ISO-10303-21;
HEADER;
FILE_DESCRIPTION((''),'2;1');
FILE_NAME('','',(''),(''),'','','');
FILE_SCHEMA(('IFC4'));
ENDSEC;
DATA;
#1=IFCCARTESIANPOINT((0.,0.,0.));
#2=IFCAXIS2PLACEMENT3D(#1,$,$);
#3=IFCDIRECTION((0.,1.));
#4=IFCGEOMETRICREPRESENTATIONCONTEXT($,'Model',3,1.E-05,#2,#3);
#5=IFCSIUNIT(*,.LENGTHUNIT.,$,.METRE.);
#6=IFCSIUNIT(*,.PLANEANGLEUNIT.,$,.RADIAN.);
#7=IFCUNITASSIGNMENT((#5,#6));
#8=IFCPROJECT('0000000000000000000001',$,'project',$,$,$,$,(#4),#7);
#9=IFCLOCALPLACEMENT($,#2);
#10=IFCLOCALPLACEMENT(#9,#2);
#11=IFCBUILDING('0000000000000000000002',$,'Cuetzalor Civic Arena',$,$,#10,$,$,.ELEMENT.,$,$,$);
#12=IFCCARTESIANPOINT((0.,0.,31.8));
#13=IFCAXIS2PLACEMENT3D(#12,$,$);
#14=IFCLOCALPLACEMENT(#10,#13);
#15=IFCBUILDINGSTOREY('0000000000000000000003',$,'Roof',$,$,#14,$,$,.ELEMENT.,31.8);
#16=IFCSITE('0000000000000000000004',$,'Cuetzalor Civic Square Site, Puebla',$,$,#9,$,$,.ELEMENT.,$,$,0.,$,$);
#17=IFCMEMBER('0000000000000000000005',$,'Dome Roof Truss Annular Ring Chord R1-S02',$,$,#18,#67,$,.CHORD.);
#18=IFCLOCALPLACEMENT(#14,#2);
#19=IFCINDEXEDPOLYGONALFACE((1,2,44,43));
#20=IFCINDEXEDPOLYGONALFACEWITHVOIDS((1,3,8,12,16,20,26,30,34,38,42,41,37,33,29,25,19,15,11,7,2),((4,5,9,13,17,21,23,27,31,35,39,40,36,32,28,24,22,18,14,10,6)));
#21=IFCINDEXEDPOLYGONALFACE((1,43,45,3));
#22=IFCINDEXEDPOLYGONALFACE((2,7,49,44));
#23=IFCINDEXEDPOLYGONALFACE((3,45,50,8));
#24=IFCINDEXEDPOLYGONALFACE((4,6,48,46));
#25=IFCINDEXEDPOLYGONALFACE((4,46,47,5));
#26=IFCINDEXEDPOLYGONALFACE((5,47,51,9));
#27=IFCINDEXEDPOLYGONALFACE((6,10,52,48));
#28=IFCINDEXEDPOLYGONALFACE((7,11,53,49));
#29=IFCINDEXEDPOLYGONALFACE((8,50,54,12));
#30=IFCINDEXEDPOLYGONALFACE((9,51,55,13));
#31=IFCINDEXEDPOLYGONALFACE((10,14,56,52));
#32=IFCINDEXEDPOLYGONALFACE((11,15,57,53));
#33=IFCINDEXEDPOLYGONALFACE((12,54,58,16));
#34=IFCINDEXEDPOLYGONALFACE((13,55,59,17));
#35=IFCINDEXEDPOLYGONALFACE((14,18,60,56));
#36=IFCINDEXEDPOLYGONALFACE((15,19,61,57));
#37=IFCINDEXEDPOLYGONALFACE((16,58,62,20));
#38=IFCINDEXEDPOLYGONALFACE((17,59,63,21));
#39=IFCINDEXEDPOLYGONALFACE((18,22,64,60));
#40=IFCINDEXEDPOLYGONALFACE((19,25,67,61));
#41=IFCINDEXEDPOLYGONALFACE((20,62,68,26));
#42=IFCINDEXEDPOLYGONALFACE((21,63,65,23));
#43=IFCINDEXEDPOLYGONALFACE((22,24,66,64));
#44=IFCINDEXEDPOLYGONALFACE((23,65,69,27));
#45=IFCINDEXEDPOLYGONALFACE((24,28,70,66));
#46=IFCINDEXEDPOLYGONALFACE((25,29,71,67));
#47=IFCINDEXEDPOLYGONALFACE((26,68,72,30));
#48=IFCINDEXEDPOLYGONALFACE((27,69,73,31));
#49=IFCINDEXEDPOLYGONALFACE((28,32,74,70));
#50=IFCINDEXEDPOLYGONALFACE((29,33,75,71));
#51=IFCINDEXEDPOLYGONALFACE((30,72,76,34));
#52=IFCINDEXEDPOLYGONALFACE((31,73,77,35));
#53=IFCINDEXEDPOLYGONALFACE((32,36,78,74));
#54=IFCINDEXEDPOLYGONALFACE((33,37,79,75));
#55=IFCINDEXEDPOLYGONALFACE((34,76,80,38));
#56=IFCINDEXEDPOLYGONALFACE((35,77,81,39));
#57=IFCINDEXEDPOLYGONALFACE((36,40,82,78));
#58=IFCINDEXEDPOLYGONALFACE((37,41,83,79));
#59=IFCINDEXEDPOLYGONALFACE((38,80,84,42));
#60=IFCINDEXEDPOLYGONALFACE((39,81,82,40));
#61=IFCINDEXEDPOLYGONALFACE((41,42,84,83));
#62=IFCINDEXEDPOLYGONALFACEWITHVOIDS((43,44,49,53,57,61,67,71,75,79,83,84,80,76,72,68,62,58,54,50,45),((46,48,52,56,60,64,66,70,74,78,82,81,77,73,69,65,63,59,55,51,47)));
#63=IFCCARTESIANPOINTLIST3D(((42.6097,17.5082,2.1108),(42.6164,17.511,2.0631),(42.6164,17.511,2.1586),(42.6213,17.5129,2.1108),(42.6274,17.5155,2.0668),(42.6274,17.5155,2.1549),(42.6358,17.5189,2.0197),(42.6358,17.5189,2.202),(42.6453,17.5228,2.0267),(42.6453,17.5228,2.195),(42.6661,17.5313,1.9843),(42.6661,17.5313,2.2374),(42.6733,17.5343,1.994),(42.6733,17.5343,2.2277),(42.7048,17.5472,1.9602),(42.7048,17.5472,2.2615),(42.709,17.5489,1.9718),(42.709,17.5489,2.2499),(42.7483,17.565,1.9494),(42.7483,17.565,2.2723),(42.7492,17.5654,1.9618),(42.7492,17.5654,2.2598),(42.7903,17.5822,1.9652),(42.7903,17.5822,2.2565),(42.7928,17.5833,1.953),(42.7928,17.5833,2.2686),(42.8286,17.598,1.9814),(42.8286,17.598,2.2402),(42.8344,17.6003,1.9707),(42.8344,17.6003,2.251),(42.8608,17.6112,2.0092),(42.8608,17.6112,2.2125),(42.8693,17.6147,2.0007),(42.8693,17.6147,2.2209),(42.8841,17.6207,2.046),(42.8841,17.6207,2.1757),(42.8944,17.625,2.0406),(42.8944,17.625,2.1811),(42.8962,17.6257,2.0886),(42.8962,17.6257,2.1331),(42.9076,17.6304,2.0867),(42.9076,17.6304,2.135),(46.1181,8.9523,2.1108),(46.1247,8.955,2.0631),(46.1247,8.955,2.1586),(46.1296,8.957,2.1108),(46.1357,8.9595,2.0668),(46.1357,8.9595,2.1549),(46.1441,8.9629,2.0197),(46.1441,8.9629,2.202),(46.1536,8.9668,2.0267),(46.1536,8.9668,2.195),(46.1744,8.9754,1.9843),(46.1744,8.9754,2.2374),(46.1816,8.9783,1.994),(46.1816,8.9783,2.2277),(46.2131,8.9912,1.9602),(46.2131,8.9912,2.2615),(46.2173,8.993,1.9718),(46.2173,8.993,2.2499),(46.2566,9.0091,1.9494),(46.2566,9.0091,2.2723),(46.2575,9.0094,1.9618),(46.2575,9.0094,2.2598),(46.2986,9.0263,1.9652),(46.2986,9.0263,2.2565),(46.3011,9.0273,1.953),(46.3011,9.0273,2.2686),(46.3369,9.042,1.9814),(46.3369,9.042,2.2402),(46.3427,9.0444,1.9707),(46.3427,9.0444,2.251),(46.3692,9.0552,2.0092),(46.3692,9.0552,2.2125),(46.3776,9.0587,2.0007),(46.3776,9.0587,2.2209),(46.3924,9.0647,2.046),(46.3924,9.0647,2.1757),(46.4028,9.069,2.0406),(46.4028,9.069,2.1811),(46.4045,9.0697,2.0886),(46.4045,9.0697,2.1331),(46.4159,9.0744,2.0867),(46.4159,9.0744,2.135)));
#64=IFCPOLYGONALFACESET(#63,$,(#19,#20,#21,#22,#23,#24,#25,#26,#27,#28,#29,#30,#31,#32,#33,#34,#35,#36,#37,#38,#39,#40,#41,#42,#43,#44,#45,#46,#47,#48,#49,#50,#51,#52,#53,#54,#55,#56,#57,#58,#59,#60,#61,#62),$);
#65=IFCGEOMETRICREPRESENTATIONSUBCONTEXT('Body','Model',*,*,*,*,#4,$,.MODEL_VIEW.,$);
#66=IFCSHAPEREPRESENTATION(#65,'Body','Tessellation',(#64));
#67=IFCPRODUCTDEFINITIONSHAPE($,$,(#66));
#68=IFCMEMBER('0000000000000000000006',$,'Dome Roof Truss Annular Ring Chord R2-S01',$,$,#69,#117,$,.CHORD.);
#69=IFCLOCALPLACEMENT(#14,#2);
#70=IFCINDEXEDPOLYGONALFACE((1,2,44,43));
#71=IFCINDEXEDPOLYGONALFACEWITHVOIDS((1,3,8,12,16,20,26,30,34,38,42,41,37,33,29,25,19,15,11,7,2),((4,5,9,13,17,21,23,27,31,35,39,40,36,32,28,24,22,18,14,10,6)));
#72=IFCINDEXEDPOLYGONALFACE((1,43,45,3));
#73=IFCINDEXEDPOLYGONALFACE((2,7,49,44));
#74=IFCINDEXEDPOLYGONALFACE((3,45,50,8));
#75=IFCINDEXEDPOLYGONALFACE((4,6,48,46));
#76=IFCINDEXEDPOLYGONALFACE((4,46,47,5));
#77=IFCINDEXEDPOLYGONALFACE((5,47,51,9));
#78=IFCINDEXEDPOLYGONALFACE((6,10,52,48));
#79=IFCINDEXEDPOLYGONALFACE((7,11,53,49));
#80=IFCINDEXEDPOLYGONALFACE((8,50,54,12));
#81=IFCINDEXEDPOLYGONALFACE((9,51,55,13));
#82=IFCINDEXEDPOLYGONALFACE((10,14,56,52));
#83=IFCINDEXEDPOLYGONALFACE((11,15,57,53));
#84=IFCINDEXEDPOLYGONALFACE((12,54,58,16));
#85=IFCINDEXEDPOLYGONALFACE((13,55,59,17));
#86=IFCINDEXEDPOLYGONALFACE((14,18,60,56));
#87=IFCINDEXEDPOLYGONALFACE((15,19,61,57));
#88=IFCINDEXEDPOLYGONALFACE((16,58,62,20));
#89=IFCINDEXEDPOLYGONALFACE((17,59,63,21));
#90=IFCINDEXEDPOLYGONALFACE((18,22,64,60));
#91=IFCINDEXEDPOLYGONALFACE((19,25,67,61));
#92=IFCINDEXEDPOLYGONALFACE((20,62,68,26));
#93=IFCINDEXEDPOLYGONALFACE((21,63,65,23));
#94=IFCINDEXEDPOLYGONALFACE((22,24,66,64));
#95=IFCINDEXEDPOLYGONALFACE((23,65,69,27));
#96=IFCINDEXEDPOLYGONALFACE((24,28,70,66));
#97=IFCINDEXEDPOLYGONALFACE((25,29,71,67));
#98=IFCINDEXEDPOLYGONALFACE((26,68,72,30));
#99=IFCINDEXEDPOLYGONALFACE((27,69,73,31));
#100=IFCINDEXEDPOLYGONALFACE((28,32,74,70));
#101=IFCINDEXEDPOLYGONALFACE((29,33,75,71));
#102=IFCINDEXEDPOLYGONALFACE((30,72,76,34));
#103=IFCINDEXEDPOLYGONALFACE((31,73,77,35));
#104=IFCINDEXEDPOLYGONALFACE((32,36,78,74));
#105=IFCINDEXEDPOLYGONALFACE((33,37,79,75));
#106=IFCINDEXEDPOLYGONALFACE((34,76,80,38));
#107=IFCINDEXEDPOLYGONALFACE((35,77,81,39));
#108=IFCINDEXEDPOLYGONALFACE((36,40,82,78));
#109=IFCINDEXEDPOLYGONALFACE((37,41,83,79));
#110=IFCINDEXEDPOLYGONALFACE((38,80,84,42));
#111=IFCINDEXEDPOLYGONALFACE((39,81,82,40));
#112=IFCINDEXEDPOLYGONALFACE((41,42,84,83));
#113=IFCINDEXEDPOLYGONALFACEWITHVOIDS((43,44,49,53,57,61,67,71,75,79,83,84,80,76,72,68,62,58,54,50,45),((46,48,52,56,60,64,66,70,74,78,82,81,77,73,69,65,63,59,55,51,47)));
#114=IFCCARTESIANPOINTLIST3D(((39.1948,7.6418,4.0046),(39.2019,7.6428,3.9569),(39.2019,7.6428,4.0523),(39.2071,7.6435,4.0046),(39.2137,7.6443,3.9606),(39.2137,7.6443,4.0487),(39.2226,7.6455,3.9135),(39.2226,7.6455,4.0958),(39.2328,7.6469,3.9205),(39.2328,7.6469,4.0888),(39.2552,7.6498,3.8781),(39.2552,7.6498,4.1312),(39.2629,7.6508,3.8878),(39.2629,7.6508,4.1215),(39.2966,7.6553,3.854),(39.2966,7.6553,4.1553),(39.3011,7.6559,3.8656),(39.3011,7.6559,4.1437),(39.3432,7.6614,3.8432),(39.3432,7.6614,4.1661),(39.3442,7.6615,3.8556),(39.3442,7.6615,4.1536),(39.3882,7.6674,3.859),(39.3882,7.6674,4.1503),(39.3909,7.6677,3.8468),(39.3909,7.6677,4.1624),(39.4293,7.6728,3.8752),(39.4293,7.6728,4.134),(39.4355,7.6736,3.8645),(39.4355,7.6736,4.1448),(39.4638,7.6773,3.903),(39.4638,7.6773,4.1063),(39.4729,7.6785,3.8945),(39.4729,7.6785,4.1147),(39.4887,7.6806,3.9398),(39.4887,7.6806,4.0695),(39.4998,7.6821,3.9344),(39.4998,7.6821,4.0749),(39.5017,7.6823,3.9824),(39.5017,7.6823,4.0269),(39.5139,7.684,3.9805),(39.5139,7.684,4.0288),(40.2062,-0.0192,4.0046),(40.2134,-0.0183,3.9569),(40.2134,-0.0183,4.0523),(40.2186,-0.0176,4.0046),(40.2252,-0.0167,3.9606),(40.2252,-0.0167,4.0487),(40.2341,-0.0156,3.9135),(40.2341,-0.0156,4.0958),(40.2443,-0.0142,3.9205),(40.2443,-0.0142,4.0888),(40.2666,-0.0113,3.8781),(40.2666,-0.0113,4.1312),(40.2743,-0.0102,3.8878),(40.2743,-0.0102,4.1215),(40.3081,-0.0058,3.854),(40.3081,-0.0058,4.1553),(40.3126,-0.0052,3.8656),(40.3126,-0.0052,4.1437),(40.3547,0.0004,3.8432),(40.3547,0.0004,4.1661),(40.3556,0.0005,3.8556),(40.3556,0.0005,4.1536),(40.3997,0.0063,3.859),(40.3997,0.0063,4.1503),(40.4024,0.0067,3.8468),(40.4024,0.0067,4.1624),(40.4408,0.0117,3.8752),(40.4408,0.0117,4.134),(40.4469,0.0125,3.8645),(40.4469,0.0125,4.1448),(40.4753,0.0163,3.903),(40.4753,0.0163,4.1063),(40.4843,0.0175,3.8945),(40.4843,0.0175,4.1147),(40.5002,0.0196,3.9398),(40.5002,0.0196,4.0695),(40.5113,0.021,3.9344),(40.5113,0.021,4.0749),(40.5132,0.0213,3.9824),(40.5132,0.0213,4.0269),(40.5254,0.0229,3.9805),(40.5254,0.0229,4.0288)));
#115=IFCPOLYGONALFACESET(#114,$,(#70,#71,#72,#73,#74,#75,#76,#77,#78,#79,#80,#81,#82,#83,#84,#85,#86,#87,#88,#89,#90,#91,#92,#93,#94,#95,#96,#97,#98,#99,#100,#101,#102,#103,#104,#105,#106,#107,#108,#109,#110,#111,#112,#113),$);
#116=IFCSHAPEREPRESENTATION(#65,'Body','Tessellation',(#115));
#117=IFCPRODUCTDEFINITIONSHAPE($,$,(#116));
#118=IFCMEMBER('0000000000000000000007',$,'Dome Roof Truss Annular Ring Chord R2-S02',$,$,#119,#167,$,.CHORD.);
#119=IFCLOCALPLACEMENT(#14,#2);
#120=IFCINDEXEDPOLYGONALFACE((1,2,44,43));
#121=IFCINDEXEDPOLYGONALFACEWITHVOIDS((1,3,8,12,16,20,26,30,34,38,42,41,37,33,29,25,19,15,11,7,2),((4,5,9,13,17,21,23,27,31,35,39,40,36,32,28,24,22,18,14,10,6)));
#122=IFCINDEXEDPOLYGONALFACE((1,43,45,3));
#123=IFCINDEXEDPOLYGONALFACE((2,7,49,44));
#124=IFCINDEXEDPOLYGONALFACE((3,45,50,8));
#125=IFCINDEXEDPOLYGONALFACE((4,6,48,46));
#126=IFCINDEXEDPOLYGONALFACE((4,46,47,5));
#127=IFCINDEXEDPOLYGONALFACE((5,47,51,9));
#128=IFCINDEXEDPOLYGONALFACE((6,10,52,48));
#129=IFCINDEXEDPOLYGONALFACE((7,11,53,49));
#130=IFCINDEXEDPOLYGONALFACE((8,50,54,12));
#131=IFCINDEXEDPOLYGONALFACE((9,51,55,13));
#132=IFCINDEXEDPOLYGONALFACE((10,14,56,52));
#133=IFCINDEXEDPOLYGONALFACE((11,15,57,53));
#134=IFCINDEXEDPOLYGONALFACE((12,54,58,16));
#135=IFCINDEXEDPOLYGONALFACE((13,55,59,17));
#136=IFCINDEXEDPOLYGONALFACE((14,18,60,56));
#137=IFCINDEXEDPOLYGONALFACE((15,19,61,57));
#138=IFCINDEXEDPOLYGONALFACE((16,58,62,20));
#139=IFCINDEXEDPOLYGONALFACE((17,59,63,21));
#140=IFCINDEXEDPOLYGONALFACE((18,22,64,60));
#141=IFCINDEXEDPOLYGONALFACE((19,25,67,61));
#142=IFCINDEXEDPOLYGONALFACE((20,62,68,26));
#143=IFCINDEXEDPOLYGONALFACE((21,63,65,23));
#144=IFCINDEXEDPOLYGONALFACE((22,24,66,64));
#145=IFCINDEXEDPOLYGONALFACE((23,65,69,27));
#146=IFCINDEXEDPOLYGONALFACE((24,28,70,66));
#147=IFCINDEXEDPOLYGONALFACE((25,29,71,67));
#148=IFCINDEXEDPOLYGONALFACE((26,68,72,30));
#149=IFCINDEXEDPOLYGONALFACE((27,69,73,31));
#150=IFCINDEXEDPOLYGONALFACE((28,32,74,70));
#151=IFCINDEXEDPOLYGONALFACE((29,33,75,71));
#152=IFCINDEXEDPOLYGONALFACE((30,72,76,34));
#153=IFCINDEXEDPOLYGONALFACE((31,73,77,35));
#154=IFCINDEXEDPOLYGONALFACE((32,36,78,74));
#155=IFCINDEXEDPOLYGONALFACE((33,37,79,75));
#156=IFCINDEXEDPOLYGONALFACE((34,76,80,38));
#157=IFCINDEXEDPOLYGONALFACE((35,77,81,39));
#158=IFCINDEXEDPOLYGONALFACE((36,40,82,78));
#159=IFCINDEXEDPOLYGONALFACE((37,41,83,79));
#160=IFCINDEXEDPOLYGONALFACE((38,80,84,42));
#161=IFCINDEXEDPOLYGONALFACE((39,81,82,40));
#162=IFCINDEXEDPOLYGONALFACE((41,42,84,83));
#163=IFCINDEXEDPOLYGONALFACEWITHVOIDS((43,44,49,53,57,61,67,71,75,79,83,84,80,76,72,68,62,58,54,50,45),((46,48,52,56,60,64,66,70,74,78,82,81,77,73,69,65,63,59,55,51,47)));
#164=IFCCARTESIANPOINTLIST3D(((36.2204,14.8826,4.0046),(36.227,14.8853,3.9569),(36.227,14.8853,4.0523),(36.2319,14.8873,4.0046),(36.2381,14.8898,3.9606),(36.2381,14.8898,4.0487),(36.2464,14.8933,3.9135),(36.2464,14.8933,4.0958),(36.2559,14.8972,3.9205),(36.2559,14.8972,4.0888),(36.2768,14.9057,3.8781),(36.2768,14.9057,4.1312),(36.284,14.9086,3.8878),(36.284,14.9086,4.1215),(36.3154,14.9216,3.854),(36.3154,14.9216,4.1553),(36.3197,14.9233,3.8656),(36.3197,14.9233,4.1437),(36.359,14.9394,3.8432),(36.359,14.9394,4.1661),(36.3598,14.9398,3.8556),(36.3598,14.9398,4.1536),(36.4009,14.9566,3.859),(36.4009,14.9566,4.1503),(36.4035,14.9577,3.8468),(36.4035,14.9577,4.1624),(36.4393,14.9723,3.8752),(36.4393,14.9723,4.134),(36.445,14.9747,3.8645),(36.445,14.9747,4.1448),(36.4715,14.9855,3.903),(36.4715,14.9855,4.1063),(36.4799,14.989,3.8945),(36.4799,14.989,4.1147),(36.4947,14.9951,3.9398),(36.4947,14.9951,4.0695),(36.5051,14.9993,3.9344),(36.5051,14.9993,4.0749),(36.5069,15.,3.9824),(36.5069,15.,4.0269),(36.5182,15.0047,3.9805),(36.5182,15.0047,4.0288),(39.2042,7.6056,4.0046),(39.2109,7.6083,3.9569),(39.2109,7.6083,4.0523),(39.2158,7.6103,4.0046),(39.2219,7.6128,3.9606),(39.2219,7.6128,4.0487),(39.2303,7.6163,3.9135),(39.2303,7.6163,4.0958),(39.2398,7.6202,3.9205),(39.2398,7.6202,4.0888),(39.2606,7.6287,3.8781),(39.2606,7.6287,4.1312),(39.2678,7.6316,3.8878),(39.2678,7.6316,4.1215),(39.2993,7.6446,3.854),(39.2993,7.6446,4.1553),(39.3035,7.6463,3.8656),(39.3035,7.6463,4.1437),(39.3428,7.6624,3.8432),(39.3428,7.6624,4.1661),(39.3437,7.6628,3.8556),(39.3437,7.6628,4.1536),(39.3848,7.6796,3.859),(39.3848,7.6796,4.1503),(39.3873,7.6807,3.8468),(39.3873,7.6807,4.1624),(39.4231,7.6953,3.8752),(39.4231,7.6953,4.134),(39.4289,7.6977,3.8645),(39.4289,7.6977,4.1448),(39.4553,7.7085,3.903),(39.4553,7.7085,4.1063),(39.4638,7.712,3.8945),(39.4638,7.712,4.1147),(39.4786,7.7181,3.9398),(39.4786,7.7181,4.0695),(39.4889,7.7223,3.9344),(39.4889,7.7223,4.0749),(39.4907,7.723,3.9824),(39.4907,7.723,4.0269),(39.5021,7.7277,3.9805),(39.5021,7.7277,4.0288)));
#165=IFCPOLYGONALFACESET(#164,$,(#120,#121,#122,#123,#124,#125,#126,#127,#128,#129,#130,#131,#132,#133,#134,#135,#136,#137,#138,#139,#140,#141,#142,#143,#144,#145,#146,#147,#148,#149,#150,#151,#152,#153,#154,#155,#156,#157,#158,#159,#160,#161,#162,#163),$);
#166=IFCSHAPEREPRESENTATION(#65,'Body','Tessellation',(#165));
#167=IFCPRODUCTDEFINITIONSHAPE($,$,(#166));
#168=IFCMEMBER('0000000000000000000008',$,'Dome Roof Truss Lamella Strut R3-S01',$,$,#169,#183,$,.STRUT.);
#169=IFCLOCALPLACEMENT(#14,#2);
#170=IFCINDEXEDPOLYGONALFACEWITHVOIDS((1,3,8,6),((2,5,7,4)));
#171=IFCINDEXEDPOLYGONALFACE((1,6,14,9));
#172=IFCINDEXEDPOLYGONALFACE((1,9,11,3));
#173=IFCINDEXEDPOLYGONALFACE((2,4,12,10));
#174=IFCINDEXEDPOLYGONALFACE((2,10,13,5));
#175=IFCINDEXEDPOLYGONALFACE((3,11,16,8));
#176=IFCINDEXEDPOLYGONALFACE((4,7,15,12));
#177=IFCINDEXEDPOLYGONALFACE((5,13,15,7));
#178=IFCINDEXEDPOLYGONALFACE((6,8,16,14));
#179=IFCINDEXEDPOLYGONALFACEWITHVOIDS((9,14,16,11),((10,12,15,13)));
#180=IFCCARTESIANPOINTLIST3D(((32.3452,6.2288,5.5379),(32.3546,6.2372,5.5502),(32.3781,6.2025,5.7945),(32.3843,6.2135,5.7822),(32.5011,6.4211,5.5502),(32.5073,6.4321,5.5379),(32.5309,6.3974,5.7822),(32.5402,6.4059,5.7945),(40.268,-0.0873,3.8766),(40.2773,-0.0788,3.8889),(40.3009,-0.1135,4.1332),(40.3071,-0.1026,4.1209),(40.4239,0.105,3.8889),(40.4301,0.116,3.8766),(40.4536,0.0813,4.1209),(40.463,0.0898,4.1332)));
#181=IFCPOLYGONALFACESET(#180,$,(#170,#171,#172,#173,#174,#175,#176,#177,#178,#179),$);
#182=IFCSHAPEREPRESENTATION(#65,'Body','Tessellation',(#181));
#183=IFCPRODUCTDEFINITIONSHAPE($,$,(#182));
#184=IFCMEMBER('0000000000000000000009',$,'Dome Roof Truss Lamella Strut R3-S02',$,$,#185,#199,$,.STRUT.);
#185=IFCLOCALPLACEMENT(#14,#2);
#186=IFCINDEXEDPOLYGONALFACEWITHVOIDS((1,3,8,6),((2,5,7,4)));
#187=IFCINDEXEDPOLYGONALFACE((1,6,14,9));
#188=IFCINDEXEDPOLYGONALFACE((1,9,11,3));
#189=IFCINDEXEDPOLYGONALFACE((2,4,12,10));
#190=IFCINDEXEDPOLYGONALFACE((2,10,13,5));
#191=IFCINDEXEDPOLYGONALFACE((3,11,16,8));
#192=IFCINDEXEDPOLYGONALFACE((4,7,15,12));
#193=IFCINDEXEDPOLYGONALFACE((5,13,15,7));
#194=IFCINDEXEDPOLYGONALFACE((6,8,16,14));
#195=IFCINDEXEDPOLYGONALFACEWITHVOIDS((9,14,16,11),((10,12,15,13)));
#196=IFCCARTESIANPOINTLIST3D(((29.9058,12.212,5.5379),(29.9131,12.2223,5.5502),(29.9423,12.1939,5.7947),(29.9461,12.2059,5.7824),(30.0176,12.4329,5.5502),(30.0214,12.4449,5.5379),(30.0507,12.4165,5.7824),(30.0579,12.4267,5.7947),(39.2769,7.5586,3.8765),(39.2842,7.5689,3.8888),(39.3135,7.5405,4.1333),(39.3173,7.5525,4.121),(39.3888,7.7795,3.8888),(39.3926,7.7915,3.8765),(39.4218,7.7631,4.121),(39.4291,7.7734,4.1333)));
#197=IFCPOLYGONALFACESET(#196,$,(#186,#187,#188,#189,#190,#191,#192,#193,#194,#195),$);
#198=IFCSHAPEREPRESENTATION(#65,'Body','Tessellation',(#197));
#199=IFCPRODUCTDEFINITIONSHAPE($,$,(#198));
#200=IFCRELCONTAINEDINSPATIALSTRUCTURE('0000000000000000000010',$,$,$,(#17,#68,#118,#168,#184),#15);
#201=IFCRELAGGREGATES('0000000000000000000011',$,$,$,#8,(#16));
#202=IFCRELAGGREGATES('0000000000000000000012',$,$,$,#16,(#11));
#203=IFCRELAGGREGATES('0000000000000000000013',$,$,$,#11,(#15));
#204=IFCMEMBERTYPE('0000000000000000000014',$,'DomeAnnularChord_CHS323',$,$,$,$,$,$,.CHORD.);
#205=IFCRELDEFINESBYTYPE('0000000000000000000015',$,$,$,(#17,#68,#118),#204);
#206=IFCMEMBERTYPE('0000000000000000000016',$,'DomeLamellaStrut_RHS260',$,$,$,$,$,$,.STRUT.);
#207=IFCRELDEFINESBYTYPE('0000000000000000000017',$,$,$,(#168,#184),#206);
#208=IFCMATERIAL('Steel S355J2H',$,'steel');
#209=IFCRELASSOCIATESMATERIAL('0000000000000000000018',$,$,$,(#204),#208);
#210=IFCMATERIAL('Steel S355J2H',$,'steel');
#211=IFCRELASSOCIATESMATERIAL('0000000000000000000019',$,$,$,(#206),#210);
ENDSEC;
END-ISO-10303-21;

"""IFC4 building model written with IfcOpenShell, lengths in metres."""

from ifc_helpers import new_model, si_unit, direction, frame, origin, origin_2d, place, context, subcontext, project, spatial, hollow_rectangle, hollow_circle, extrude, material, material_profile, profile_set, type_object, element, save


model = new_model("IFC4")

# Units and contexts
model_context = context("Model", 3, precision=1e-05, world=origin(), true_north=direction((0.0, 1.0)))
body_context = subcontext(model_context, "Body", "Model", "MODEL_VIEW")
ifc_project = project(units=[si_unit("LENGTHUNIT", "METRE"), si_unit("PLANEANGLEUNIT", "RADIAN")], contexts=[model_context])

# Site, building, storey
site_placement = place(None, origin())
site = spatial("IfcSite", under=ifc_project, at=site_placement, Name="Cuetzalor Civic Square Site, Puebla", CompositionType="ELEMENT", RefElevation=0.0)
building_placement = place(site_placement, origin())
building = spatial("IfcBuilding", under=site, at=building_placement, Name="Cuetzalor Civic Arena", CompositionType="ELEMENT")
storey_placement = place(building_placement, frame((0.0, 0.0, 31.8)))
storey = spatial("IfcBuildingStorey", under=building, at=storey_placement, Name="Roof", CompositionType="ELEMENT", Elevation=31.8)

# Members
ifc_material_1 = material(Name="Steel S355J2H", Category="steel")
ifc_material_profile_1 = material_profile(ifc_material_1, hollow_circle(Radius=0.1619, WallThickness=0.0125, at=origin_2d()), Name="CHS 323.9x12.5")
ifc_profile_set_1 = profile_set([ifc_material_profile_1], Name="Steel S355J2H")
member_type_1 = type_object("IfcMemberType", Name="DomeAnnularChord_CHS323", PredefinedType="CHORD", material=ifc_profile_set_1)
member_1_placement = place(storey_placement, frame((46.2678, 9.0137, 2.1108), z_axis=(-0.379388, 0.925238, 0.0), x_axis=(-0.925238, -0.379388, 0.0)))
element("IfcMember", 1, at=member_1_placement, inside=storey, type_object=member_type_1, Name="Dome Roof Truss Annular Ring Chord R1-S02", PredefinedType="CHORD", context=body_context, shape_type="SweptSolid", body=[
    extrude(hollow_circle(Radius=0.1619, WallThickness=0.0125, at=origin_2d()), origin(), (0.0, 0.0, 1.0), 9.2473),
])
member_2_placement = place(storey_placement, frame((40.3667, 0.002, 4.0046), z_axis=(-0.130891, 0.991397, 0.0), x_axis=(-0.991397, -0.130891, 0.0)))
element("IfcMember", 2, at=member_2_placement, inside=storey, type_object=member_type_1, Name="Dome Roof Truss Annular Ring Chord R2-S01", PredefinedType="CHORD", context=body_context, shape_type="SweptSolid", body=[
    extrude(hollow_circle(Radius=0.1619, WallThickness=0.0125, at=origin_2d()), origin(), (0.0, 0.0, 1.0), 7.7275),
])
member_3_placement = place(storey_placement, frame((39.354, 7.667, 4.0046), z_axis=(-0.379383, 0.92524, 0.0), x_axis=(-0.92524, -0.379383, 0.0)))
element("IfcMember", 3, at=member_3_placement, inside=storey, type_object=member_type_1, Name="Dome Roof Truss Annular Ring Chord R2-S02", PredefinedType="CHORD", context=body_context, shape_type="SweptSolid", body=[
    extrude(hollow_circle(Radius=0.1619, WallThickness=0.0125, at=origin_2d()), origin(), (0.0, 0.0, 1.0), 7.865),
])
ifc_material_2 = material(Name="Steel S355J2H", Category="steel")
ifc_material_profile_2 = material_profile(ifc_material_2, hollow_rectangle(XDim=0.26, YDim=0.26, WallThickness=0.0125, at=origin_2d()), Name="RHS 260x260x12.5")
ifc_profile_set_2 = profile_set([ifc_material_profile_2], Name="Steel S355J2H")
member_type_2 = type_object("IfcMemberType", Name="DomeLamellaStrut_RHS260", PredefinedType="STRUT", material=ifc_profile_set_2)
member_4_placement = place(storey_placement, frame((40.3655, 0.0012, 4.0049), z_axis=(-0.771629, 0.615149, 0.161806), x_axis=(-0.623363, -0.781933, 0.0)))
element("IfcMember", 4, at=member_4_placement, inside=storey, type_object=member_type_2, Name="Dome Roof Truss Lamella Strut R3-S01", PredefinedType="STRUT", context=body_context, shape_type="SweptSolid", body=[
    extrude(hollow_rectangle(XDim=0.26, YDim=0.26, WallThickness=0.0125, at=origin_2d()), origin(), (0.0, 0.0, 1.0), 10.2676),
])
member_5_placement = place(storey_placement, frame((39.353, 7.666, 4.0049), z_axis=(-0.884574, 0.439245, 0.156824), x_axis=(-0.444748, -0.895656, 0.0)))
element("IfcMember", 5, at=member_5_placement, inside=storey, type_object=member_type_2, Name="Dome Roof Truss Lamella Strut R3-S02", PredefinedType="STRUT", context=body_context, shape_type="SweptSolid", body=[
    extrude(hollow_rectangle(XDim=0.26, YDim=0.26, WallThickness=0.0125, at=origin_2d()), origin(), (0.0, 0.0, 1.0), 10.594),
])

save(model, "model.ifc")
